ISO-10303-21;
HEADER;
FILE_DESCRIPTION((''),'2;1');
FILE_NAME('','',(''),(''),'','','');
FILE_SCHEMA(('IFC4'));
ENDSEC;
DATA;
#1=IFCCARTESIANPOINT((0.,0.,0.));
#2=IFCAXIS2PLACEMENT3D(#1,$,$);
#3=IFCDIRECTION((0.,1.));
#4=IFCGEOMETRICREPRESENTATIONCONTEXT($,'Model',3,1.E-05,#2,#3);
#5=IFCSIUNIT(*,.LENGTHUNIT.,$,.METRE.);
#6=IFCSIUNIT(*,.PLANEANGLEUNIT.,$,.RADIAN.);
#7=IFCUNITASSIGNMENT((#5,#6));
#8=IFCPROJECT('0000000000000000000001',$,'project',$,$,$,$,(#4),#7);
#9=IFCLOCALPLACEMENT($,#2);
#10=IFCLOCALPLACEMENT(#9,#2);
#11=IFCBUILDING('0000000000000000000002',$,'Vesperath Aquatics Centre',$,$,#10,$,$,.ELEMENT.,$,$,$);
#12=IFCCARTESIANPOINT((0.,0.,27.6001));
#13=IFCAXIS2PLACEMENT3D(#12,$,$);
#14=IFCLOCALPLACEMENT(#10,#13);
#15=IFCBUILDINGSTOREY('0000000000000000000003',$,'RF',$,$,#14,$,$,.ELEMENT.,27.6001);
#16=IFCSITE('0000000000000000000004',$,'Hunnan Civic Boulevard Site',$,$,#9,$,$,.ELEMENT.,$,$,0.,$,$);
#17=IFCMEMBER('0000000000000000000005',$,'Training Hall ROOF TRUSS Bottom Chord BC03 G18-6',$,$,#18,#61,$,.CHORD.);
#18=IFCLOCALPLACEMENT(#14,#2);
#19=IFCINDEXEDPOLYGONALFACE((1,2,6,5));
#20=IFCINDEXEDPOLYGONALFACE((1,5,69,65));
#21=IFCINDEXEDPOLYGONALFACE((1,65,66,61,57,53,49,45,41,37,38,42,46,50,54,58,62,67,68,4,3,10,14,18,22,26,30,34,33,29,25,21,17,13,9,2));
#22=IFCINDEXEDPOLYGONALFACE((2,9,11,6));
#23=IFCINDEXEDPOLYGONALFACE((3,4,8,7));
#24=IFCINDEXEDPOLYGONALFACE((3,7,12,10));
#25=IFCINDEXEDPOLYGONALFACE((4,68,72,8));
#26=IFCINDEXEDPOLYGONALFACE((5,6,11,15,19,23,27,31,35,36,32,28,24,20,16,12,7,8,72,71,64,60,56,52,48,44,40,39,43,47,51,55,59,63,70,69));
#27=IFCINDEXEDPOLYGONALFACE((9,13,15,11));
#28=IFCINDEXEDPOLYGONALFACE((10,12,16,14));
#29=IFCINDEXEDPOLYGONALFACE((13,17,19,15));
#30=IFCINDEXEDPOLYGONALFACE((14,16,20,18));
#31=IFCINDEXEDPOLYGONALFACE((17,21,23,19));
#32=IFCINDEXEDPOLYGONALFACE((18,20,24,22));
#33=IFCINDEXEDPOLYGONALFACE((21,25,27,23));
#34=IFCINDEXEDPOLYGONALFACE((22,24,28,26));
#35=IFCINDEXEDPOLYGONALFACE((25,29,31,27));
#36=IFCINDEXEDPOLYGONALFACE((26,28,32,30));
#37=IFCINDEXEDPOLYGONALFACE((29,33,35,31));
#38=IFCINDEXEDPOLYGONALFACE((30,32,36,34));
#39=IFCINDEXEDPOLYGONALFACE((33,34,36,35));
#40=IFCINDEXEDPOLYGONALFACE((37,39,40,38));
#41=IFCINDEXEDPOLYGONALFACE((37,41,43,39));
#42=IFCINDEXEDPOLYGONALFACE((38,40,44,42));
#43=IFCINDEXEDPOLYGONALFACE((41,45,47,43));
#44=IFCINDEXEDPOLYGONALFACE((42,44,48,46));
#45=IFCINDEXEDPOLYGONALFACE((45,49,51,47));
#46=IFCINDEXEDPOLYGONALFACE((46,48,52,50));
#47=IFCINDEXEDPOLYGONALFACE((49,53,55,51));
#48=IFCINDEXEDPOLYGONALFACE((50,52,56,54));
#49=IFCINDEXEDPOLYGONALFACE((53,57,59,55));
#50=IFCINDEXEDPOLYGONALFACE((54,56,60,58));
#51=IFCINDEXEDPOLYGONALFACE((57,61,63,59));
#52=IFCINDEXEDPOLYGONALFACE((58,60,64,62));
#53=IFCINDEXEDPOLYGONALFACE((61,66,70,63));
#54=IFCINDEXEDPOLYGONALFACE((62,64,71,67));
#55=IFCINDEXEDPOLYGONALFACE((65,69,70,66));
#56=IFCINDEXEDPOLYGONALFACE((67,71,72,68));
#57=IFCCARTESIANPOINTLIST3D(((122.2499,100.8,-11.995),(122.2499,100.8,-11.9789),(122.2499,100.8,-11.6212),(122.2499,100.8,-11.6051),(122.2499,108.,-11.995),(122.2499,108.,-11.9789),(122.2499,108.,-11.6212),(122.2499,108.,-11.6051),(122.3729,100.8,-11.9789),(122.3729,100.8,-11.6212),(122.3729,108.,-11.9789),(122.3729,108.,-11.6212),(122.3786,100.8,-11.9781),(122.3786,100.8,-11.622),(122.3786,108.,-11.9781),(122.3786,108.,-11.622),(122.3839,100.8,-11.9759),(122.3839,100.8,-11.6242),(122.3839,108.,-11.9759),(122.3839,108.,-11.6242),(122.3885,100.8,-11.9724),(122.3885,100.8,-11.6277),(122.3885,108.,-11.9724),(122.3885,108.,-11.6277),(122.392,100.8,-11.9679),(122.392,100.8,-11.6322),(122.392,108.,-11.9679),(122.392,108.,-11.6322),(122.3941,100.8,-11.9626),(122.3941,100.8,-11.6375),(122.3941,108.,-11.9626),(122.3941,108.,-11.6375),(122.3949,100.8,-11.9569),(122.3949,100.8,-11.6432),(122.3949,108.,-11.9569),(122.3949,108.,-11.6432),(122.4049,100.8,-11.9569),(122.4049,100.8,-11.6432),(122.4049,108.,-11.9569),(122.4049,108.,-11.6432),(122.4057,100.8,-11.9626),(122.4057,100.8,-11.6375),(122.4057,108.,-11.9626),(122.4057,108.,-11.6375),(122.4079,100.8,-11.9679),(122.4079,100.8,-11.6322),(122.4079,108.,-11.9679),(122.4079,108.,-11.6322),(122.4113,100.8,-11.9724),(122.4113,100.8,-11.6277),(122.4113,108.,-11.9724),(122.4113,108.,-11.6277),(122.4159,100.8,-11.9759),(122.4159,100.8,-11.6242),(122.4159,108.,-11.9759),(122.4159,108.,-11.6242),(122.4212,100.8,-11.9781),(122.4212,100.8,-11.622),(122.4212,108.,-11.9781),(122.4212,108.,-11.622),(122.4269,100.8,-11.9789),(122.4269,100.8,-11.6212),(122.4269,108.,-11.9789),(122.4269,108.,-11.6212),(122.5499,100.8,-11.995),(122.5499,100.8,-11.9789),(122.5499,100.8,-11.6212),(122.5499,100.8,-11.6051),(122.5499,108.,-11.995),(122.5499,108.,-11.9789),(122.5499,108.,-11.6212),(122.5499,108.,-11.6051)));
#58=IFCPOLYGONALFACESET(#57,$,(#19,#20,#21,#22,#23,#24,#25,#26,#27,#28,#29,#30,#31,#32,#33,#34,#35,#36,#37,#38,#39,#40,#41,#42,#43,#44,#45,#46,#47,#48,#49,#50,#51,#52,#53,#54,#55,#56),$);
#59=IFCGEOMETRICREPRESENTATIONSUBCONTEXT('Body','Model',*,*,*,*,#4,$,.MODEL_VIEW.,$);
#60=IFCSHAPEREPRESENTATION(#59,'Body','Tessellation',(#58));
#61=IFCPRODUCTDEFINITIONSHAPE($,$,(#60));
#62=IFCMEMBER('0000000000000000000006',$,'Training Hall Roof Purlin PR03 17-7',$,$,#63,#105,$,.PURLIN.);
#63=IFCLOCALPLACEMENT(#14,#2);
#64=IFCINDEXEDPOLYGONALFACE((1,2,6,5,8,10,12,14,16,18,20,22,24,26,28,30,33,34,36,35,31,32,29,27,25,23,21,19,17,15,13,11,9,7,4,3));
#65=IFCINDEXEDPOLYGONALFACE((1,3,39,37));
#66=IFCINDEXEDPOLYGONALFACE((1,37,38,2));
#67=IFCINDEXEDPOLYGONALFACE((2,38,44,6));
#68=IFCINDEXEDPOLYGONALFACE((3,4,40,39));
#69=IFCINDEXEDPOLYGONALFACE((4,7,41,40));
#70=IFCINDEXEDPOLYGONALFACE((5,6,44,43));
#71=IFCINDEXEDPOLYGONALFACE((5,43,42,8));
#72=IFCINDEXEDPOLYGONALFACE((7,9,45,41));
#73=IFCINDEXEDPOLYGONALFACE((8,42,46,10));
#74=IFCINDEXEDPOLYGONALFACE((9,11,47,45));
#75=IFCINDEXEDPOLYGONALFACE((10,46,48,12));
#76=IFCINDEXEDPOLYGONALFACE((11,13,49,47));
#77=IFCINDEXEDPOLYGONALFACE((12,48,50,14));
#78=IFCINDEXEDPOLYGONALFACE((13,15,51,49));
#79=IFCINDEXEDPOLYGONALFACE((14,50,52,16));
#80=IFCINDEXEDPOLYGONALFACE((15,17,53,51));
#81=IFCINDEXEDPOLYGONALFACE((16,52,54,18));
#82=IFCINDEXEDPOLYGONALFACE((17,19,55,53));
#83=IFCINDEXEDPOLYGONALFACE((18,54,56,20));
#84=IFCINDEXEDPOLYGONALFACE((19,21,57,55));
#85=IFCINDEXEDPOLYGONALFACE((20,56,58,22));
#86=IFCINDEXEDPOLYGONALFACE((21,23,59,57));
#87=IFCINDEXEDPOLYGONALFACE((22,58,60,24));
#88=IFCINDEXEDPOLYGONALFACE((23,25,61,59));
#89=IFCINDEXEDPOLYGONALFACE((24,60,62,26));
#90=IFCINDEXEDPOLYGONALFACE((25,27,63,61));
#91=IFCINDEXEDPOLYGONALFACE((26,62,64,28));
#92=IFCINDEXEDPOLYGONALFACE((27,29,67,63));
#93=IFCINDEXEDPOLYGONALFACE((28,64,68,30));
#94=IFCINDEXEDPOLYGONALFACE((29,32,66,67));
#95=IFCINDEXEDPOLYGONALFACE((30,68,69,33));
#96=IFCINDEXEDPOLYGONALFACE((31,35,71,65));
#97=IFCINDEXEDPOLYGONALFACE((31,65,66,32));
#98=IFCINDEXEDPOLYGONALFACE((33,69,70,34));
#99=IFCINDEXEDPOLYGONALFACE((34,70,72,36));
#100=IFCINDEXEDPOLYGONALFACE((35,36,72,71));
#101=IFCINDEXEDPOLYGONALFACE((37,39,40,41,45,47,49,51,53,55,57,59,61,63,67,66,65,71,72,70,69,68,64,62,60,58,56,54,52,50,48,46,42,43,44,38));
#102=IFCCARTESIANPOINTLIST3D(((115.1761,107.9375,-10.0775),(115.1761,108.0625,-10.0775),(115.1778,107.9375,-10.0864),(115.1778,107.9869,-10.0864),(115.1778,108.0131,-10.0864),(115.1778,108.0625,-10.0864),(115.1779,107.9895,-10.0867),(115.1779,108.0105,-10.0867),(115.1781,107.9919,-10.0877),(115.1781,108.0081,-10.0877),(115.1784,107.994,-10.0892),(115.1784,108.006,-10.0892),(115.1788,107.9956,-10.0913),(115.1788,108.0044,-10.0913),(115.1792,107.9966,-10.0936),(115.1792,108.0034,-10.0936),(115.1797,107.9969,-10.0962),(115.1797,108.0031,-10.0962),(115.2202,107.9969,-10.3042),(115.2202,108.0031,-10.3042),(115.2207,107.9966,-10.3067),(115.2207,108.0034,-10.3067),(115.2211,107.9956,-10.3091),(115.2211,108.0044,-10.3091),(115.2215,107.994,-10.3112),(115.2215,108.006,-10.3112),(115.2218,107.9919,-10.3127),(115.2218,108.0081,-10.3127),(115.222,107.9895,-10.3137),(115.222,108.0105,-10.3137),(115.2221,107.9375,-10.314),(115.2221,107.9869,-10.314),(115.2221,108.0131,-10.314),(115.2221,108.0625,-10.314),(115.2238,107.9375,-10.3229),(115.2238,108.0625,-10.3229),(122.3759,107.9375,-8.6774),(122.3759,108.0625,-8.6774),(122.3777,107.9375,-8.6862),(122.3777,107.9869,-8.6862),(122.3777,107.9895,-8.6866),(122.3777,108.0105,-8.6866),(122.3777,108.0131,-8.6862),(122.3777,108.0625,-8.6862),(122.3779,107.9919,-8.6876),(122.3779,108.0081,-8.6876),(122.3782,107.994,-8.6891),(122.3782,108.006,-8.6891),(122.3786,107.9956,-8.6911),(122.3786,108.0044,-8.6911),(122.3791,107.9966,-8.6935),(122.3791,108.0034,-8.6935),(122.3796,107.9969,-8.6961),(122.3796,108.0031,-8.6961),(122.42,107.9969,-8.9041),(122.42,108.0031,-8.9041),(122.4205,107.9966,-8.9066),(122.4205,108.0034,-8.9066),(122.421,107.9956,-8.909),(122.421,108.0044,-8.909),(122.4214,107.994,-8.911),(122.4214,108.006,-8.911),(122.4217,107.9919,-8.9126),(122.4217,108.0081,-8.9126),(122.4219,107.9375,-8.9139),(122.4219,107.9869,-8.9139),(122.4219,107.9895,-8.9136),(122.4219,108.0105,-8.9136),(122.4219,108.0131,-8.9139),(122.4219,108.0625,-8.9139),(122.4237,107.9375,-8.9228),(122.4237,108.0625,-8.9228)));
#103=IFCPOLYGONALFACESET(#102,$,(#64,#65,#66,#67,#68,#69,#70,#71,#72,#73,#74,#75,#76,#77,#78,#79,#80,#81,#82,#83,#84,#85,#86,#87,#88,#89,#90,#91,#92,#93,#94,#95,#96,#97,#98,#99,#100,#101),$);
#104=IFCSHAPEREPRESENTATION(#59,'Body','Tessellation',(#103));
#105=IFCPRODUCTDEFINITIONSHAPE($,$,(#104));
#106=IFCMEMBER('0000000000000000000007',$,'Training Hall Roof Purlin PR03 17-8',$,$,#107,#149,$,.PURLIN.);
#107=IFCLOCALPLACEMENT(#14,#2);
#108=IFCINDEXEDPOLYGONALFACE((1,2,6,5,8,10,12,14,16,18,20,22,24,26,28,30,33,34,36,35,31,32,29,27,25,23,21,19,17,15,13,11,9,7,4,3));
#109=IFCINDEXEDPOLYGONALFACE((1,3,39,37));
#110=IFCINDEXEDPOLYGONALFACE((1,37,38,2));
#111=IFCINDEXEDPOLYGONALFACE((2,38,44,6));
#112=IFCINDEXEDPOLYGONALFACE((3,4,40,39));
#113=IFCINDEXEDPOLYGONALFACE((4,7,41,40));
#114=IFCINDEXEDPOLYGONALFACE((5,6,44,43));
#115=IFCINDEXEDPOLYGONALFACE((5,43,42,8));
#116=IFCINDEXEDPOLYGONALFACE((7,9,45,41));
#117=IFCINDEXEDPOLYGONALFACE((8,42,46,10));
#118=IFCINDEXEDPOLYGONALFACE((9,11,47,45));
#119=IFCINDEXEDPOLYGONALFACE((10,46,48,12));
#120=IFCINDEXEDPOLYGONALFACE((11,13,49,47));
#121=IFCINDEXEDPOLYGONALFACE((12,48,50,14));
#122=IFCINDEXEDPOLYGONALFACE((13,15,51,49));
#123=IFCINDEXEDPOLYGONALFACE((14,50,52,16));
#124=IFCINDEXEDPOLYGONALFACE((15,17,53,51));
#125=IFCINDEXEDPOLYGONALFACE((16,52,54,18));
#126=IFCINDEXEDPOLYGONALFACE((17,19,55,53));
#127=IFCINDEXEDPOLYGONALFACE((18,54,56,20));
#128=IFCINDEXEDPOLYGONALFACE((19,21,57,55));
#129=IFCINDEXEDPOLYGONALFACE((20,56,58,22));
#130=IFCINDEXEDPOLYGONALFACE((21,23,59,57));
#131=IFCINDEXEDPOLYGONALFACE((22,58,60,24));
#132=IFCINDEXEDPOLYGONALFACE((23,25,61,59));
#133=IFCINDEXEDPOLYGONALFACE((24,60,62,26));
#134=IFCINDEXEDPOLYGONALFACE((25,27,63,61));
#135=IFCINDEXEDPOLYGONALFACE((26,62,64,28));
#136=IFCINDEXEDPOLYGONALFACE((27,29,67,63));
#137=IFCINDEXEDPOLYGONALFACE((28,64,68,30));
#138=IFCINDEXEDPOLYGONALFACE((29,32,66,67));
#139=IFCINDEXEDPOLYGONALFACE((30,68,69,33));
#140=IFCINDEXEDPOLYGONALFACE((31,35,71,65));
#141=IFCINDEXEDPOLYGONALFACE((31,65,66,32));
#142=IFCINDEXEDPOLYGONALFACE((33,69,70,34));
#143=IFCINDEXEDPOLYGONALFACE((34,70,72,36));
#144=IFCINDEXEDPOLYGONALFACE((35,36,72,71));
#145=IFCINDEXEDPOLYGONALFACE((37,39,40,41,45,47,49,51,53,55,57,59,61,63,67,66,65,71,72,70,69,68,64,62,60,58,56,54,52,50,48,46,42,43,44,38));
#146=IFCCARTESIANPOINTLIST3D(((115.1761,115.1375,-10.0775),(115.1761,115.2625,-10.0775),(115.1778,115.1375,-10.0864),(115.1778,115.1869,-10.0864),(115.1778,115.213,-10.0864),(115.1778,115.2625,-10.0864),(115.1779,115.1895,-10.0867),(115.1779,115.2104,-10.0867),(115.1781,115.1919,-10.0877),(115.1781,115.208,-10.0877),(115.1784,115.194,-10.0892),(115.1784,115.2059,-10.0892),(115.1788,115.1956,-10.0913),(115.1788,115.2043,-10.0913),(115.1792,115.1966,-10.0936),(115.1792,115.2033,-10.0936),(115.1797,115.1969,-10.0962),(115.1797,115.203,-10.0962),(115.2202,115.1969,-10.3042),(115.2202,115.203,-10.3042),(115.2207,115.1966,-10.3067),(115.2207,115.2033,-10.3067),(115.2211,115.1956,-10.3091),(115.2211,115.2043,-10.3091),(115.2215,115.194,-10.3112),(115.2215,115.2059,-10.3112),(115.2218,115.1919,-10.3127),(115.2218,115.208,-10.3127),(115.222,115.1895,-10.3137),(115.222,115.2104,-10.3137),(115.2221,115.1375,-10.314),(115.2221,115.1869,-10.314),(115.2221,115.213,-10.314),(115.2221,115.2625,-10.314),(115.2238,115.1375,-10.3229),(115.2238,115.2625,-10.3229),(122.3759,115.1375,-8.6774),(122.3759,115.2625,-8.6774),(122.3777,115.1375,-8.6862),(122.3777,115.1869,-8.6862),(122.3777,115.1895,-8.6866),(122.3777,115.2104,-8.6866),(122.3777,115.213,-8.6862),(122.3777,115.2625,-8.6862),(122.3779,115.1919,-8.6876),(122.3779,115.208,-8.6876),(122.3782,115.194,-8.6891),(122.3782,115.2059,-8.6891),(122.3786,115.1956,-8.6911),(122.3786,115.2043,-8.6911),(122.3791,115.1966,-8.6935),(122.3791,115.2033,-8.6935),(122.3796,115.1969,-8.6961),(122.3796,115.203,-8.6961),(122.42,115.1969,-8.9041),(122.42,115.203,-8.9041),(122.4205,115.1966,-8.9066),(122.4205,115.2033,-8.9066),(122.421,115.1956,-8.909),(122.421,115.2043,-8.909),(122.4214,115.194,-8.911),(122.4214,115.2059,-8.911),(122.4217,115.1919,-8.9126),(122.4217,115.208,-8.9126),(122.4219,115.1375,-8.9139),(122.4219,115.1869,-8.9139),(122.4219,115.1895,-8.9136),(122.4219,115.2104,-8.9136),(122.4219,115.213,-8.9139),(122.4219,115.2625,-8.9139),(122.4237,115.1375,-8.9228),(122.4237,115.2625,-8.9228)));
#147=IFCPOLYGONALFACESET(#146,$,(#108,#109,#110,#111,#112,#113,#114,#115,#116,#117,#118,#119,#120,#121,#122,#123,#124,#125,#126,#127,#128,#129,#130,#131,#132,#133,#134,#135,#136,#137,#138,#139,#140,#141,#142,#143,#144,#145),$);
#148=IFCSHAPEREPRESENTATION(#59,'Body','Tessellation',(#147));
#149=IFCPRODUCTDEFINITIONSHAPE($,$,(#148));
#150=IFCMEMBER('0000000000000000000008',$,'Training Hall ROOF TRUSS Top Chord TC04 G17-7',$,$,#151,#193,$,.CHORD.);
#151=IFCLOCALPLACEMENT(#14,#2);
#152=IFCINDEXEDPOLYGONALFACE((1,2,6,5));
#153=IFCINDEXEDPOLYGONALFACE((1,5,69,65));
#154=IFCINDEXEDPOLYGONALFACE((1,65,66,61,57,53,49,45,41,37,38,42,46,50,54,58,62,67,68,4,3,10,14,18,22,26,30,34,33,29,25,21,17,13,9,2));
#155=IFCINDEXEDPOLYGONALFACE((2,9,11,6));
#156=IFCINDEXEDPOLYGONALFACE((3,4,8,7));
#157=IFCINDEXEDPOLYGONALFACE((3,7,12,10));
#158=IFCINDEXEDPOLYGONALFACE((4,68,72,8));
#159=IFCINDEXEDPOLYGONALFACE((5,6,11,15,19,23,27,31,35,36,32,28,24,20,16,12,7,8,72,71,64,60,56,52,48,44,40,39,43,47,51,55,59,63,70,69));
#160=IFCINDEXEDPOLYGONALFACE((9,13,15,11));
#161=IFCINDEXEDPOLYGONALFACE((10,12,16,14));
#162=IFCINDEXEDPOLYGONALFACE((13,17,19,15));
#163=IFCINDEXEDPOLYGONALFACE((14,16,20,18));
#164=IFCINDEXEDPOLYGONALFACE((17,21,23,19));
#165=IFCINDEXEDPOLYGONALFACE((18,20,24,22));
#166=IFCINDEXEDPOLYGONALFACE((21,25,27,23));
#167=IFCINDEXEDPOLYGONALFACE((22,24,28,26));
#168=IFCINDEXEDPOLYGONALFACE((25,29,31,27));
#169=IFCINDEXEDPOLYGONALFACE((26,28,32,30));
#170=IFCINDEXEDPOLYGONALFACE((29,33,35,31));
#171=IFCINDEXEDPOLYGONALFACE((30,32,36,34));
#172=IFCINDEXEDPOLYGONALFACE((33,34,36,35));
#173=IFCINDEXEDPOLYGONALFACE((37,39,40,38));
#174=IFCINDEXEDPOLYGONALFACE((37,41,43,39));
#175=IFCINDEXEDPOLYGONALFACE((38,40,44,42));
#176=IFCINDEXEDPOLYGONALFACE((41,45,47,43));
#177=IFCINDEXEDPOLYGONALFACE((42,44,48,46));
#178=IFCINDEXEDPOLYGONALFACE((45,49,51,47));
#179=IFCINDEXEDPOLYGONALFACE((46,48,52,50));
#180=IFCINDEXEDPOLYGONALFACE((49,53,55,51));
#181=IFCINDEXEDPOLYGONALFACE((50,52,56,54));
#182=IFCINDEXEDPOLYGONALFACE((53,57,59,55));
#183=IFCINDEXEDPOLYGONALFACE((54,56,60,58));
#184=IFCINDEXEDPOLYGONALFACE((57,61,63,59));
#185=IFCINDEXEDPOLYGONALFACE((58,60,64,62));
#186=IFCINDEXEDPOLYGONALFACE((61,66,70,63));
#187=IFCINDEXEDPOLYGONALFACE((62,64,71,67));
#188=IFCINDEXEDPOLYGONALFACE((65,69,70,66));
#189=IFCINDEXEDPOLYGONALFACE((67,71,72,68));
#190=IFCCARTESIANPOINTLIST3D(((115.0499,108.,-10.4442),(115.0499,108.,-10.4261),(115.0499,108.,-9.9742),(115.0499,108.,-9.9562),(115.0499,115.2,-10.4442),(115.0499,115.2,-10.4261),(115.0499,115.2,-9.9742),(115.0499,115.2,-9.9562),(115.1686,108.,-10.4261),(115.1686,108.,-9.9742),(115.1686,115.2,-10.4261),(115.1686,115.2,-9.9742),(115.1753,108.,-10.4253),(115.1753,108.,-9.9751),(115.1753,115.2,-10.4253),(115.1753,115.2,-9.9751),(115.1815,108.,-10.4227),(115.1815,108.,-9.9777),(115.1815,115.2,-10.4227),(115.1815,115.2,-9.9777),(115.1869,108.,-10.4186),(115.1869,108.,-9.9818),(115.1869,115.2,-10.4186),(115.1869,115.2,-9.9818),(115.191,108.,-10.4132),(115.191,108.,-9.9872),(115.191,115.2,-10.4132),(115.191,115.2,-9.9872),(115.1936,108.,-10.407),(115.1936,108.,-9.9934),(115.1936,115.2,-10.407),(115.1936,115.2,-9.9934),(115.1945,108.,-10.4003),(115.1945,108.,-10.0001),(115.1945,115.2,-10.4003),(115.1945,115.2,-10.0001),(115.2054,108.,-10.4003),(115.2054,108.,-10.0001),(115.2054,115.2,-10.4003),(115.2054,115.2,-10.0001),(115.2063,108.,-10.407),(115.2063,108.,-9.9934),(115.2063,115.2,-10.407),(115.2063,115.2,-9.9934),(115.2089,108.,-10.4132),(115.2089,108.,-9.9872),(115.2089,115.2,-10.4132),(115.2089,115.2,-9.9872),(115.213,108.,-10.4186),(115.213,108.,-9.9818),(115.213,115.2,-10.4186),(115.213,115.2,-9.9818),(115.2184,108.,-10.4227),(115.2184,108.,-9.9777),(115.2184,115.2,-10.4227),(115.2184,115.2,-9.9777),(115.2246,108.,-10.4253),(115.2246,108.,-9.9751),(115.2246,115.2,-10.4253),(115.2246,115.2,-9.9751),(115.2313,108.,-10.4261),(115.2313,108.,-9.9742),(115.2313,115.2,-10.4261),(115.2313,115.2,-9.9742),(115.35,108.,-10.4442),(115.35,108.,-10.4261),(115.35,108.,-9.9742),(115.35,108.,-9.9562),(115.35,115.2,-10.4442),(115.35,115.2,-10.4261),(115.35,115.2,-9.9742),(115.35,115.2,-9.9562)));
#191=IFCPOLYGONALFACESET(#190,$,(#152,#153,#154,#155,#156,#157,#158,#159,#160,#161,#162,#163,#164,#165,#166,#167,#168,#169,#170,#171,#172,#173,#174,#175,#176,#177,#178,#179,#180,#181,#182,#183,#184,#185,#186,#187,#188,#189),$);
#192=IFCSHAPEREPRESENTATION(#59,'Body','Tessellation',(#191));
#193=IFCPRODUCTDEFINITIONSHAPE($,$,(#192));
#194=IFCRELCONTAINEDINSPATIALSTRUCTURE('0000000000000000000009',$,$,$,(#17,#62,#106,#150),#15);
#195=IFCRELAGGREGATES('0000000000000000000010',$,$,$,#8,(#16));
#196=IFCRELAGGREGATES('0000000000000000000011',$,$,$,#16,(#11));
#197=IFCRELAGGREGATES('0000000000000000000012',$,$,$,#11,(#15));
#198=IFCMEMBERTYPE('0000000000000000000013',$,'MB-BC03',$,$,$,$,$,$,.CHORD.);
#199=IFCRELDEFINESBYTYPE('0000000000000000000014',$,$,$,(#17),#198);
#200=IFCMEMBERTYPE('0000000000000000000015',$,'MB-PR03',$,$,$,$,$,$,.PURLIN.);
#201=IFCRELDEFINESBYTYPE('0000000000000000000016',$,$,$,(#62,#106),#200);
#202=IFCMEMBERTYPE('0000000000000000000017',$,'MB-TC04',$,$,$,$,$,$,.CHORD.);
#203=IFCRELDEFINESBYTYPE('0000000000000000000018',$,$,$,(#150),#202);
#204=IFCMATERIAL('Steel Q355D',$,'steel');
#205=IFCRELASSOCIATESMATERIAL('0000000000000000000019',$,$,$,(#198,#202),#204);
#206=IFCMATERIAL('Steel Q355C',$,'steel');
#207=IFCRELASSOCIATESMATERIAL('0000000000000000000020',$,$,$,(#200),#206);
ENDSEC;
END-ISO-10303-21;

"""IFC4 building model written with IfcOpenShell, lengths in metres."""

from ifc_helpers import new_model, si_unit, direction, frame, origin, origin_2d, place, context, subcontext, project, spatial, i_section, extrude, material, material_profile, profile_set, type_object, element, save


model = new_model("IFC4")

# Units and contexts
model_context = context("Model", 3, precision=1e-05, world=origin(), true_north=direction((0.0, 1.0)))
body_context = subcontext(model_context, "Body", "Model", "MODEL_VIEW")
ifc_project = project(units=[si_unit("LENGTHUNIT", "METRE"), si_unit("PLANEANGLEUNIT", "RADIAN")], contexts=[model_context])

# Site, building, storey
site_placement = place(None, origin())
site = spatial("IfcSite", under=ifc_project, at=site_placement, Name="Hunnan Civic Boulevard Site", CompositionType="ELEMENT", RefElevation=0.0)
building_placement = place(site_placement, origin())
building = spatial("IfcBuilding", under=site, at=building_placement, Name="Vesperath Aquatics Centre", CompositionType="ELEMENT")
storey_placement = place(building_placement, frame((0.0, 0.0, 27.6001)))
storey = spatial("IfcBuildingStorey", under=building, at=storey_placement, Name="RF", CompositionType="ELEMENT", Elevation=27.6001)

# Shared definitions
ifc_material_1 = material(Name="Steel Q355C", Category="steel")

# Members
ifc_material_2 = material(Name="Steel Q355D", Category="steel")
ifc_material_profile_1 = material_profile(ifc_material_2, i_section(OverallWidth=0.3, OverallDepth=0.3899, WebThickness=0.01, FlangeThickness=0.0161, FilletRadius=0.022, at=origin_2d()), Name="HM 390x300x10x16")
ifc_profile_set_1 = profile_set([ifc_material_profile_1], Name="Steel Q355D")
member_type_1 = type_object("IfcMemberType", Name="MB-BC03", PredefinedType="CHORD", material=ifc_profile_set_1)
for number, where, z_axis, x_axis, name in (
    (1, (122.3999, 100.8, -11.8), (0.0, 1.0, 0.0), (-1.0, 0.0, 0.0), "Training Hall ROOF TRUSS Bottom Chord BC03 G18-6"),
):
    element("IfcMember", number, at=place(storey_placement, frame(where, z_axis=z_axis, x_axis=x_axis)), inside=storey, type_object=member_type_1, Name=name, PredefinedType="CHORD", context=body_context, shape_type="SweptSolid", body=[
        extrude(i_section(OverallWidth=0.3, OverallDepth=0.3899, WebThickness=0.01, FlangeThickness=0.0161, FilletRadius=0.022, at=origin_2d()), origin(), (0.0, 0.0, 1.0), 7.2),
    ])
ifc_material_profile_2 = material_profile(ifc_material_1, i_section(OverallWidth=0.125, OverallDepth=0.25, WebThickness=0.0061, FlangeThickness=0.009, FilletRadius=0.01, at=origin_2d()), Name="HN 250x125x6x9")
ifc_profile_set_2 = profile_set([ifc_material_profile_2], Name="Steel Q355C")
member_type_2 = type_object("IfcMemberType", Name="MB-PR03", PredefinedType="PURLIN", material=ifc_profile_set_2)
for number, where, z_axis, x_axis, name in (
    (2, (115.2, 108.0, -10.2002), (0.981611, 0.0, 0.19089), (0.0, 1.0, 0.0), "Training Hall Roof Purlin PR03 17-7"),
    (3, (115.2, 115.2, -10.2002), (0.981611, 0.0, 0.19089), (0.0, 1.0, 0.0), "Training Hall Roof Purlin PR03 17-8"),
):
    element("IfcMember", number, at=place(storey_placement, frame(where, z_axis=z_axis, x_axis=x_axis)), inside=storey, type_object=member_type_2, Name=name, PredefinedType="PURLIN", context=body_context, shape_type="SweptSolid", body=[
        extrude(i_section(OverallWidth=0.125, OverallDepth=0.25, WebThickness=0.0061, FlangeThickness=0.009, FilletRadius=0.01, at=origin_2d()), origin(), (0.0, 0.0, 1.0), 7.3347),
    ])
ifc_material_profile_3 = material_profile(ifc_material_2, i_section(OverallWidth=0.3, OverallDepth=0.488, WebThickness=0.011, FlangeThickness=0.0181, FilletRadius=0.0259, at=origin_2d()), Name="HM 488x300x11x18")
ifc_profile_set_3 = profile_set([ifc_material_profile_3], Name="Steel Q355D")
member_type_3 = type_object("IfcMemberType", Name="MB-TC04", PredefinedType="CHORD", material=ifc_profile_set_3)
for number, where, z_axis, x_axis, name in (
    (4, (115.2, 108.0, -10.2002), (0.0, 1.0, 0.0), (-1.0, 0.0, 0.0), "Training Hall ROOF TRUSS Top Chord TC04 G17-7"),
):
    element("IfcMember", number, at=place(storey_placement, frame(where, z_axis=z_axis, x_axis=x_axis)), inside=storey, type_object=member_type_3, Name=name, PredefinedType="CHORD", context=body_context, shape_type="SweptSolid", body=[
        extrude(i_section(OverallWidth=0.3, OverallDepth=0.488, WebThickness=0.011, FlangeThickness=0.0181, FilletRadius=0.0259, at=origin_2d()), origin(), (0.0, 0.0, 1.0), 7.2),
    ])

save(model, "model.ifc")
